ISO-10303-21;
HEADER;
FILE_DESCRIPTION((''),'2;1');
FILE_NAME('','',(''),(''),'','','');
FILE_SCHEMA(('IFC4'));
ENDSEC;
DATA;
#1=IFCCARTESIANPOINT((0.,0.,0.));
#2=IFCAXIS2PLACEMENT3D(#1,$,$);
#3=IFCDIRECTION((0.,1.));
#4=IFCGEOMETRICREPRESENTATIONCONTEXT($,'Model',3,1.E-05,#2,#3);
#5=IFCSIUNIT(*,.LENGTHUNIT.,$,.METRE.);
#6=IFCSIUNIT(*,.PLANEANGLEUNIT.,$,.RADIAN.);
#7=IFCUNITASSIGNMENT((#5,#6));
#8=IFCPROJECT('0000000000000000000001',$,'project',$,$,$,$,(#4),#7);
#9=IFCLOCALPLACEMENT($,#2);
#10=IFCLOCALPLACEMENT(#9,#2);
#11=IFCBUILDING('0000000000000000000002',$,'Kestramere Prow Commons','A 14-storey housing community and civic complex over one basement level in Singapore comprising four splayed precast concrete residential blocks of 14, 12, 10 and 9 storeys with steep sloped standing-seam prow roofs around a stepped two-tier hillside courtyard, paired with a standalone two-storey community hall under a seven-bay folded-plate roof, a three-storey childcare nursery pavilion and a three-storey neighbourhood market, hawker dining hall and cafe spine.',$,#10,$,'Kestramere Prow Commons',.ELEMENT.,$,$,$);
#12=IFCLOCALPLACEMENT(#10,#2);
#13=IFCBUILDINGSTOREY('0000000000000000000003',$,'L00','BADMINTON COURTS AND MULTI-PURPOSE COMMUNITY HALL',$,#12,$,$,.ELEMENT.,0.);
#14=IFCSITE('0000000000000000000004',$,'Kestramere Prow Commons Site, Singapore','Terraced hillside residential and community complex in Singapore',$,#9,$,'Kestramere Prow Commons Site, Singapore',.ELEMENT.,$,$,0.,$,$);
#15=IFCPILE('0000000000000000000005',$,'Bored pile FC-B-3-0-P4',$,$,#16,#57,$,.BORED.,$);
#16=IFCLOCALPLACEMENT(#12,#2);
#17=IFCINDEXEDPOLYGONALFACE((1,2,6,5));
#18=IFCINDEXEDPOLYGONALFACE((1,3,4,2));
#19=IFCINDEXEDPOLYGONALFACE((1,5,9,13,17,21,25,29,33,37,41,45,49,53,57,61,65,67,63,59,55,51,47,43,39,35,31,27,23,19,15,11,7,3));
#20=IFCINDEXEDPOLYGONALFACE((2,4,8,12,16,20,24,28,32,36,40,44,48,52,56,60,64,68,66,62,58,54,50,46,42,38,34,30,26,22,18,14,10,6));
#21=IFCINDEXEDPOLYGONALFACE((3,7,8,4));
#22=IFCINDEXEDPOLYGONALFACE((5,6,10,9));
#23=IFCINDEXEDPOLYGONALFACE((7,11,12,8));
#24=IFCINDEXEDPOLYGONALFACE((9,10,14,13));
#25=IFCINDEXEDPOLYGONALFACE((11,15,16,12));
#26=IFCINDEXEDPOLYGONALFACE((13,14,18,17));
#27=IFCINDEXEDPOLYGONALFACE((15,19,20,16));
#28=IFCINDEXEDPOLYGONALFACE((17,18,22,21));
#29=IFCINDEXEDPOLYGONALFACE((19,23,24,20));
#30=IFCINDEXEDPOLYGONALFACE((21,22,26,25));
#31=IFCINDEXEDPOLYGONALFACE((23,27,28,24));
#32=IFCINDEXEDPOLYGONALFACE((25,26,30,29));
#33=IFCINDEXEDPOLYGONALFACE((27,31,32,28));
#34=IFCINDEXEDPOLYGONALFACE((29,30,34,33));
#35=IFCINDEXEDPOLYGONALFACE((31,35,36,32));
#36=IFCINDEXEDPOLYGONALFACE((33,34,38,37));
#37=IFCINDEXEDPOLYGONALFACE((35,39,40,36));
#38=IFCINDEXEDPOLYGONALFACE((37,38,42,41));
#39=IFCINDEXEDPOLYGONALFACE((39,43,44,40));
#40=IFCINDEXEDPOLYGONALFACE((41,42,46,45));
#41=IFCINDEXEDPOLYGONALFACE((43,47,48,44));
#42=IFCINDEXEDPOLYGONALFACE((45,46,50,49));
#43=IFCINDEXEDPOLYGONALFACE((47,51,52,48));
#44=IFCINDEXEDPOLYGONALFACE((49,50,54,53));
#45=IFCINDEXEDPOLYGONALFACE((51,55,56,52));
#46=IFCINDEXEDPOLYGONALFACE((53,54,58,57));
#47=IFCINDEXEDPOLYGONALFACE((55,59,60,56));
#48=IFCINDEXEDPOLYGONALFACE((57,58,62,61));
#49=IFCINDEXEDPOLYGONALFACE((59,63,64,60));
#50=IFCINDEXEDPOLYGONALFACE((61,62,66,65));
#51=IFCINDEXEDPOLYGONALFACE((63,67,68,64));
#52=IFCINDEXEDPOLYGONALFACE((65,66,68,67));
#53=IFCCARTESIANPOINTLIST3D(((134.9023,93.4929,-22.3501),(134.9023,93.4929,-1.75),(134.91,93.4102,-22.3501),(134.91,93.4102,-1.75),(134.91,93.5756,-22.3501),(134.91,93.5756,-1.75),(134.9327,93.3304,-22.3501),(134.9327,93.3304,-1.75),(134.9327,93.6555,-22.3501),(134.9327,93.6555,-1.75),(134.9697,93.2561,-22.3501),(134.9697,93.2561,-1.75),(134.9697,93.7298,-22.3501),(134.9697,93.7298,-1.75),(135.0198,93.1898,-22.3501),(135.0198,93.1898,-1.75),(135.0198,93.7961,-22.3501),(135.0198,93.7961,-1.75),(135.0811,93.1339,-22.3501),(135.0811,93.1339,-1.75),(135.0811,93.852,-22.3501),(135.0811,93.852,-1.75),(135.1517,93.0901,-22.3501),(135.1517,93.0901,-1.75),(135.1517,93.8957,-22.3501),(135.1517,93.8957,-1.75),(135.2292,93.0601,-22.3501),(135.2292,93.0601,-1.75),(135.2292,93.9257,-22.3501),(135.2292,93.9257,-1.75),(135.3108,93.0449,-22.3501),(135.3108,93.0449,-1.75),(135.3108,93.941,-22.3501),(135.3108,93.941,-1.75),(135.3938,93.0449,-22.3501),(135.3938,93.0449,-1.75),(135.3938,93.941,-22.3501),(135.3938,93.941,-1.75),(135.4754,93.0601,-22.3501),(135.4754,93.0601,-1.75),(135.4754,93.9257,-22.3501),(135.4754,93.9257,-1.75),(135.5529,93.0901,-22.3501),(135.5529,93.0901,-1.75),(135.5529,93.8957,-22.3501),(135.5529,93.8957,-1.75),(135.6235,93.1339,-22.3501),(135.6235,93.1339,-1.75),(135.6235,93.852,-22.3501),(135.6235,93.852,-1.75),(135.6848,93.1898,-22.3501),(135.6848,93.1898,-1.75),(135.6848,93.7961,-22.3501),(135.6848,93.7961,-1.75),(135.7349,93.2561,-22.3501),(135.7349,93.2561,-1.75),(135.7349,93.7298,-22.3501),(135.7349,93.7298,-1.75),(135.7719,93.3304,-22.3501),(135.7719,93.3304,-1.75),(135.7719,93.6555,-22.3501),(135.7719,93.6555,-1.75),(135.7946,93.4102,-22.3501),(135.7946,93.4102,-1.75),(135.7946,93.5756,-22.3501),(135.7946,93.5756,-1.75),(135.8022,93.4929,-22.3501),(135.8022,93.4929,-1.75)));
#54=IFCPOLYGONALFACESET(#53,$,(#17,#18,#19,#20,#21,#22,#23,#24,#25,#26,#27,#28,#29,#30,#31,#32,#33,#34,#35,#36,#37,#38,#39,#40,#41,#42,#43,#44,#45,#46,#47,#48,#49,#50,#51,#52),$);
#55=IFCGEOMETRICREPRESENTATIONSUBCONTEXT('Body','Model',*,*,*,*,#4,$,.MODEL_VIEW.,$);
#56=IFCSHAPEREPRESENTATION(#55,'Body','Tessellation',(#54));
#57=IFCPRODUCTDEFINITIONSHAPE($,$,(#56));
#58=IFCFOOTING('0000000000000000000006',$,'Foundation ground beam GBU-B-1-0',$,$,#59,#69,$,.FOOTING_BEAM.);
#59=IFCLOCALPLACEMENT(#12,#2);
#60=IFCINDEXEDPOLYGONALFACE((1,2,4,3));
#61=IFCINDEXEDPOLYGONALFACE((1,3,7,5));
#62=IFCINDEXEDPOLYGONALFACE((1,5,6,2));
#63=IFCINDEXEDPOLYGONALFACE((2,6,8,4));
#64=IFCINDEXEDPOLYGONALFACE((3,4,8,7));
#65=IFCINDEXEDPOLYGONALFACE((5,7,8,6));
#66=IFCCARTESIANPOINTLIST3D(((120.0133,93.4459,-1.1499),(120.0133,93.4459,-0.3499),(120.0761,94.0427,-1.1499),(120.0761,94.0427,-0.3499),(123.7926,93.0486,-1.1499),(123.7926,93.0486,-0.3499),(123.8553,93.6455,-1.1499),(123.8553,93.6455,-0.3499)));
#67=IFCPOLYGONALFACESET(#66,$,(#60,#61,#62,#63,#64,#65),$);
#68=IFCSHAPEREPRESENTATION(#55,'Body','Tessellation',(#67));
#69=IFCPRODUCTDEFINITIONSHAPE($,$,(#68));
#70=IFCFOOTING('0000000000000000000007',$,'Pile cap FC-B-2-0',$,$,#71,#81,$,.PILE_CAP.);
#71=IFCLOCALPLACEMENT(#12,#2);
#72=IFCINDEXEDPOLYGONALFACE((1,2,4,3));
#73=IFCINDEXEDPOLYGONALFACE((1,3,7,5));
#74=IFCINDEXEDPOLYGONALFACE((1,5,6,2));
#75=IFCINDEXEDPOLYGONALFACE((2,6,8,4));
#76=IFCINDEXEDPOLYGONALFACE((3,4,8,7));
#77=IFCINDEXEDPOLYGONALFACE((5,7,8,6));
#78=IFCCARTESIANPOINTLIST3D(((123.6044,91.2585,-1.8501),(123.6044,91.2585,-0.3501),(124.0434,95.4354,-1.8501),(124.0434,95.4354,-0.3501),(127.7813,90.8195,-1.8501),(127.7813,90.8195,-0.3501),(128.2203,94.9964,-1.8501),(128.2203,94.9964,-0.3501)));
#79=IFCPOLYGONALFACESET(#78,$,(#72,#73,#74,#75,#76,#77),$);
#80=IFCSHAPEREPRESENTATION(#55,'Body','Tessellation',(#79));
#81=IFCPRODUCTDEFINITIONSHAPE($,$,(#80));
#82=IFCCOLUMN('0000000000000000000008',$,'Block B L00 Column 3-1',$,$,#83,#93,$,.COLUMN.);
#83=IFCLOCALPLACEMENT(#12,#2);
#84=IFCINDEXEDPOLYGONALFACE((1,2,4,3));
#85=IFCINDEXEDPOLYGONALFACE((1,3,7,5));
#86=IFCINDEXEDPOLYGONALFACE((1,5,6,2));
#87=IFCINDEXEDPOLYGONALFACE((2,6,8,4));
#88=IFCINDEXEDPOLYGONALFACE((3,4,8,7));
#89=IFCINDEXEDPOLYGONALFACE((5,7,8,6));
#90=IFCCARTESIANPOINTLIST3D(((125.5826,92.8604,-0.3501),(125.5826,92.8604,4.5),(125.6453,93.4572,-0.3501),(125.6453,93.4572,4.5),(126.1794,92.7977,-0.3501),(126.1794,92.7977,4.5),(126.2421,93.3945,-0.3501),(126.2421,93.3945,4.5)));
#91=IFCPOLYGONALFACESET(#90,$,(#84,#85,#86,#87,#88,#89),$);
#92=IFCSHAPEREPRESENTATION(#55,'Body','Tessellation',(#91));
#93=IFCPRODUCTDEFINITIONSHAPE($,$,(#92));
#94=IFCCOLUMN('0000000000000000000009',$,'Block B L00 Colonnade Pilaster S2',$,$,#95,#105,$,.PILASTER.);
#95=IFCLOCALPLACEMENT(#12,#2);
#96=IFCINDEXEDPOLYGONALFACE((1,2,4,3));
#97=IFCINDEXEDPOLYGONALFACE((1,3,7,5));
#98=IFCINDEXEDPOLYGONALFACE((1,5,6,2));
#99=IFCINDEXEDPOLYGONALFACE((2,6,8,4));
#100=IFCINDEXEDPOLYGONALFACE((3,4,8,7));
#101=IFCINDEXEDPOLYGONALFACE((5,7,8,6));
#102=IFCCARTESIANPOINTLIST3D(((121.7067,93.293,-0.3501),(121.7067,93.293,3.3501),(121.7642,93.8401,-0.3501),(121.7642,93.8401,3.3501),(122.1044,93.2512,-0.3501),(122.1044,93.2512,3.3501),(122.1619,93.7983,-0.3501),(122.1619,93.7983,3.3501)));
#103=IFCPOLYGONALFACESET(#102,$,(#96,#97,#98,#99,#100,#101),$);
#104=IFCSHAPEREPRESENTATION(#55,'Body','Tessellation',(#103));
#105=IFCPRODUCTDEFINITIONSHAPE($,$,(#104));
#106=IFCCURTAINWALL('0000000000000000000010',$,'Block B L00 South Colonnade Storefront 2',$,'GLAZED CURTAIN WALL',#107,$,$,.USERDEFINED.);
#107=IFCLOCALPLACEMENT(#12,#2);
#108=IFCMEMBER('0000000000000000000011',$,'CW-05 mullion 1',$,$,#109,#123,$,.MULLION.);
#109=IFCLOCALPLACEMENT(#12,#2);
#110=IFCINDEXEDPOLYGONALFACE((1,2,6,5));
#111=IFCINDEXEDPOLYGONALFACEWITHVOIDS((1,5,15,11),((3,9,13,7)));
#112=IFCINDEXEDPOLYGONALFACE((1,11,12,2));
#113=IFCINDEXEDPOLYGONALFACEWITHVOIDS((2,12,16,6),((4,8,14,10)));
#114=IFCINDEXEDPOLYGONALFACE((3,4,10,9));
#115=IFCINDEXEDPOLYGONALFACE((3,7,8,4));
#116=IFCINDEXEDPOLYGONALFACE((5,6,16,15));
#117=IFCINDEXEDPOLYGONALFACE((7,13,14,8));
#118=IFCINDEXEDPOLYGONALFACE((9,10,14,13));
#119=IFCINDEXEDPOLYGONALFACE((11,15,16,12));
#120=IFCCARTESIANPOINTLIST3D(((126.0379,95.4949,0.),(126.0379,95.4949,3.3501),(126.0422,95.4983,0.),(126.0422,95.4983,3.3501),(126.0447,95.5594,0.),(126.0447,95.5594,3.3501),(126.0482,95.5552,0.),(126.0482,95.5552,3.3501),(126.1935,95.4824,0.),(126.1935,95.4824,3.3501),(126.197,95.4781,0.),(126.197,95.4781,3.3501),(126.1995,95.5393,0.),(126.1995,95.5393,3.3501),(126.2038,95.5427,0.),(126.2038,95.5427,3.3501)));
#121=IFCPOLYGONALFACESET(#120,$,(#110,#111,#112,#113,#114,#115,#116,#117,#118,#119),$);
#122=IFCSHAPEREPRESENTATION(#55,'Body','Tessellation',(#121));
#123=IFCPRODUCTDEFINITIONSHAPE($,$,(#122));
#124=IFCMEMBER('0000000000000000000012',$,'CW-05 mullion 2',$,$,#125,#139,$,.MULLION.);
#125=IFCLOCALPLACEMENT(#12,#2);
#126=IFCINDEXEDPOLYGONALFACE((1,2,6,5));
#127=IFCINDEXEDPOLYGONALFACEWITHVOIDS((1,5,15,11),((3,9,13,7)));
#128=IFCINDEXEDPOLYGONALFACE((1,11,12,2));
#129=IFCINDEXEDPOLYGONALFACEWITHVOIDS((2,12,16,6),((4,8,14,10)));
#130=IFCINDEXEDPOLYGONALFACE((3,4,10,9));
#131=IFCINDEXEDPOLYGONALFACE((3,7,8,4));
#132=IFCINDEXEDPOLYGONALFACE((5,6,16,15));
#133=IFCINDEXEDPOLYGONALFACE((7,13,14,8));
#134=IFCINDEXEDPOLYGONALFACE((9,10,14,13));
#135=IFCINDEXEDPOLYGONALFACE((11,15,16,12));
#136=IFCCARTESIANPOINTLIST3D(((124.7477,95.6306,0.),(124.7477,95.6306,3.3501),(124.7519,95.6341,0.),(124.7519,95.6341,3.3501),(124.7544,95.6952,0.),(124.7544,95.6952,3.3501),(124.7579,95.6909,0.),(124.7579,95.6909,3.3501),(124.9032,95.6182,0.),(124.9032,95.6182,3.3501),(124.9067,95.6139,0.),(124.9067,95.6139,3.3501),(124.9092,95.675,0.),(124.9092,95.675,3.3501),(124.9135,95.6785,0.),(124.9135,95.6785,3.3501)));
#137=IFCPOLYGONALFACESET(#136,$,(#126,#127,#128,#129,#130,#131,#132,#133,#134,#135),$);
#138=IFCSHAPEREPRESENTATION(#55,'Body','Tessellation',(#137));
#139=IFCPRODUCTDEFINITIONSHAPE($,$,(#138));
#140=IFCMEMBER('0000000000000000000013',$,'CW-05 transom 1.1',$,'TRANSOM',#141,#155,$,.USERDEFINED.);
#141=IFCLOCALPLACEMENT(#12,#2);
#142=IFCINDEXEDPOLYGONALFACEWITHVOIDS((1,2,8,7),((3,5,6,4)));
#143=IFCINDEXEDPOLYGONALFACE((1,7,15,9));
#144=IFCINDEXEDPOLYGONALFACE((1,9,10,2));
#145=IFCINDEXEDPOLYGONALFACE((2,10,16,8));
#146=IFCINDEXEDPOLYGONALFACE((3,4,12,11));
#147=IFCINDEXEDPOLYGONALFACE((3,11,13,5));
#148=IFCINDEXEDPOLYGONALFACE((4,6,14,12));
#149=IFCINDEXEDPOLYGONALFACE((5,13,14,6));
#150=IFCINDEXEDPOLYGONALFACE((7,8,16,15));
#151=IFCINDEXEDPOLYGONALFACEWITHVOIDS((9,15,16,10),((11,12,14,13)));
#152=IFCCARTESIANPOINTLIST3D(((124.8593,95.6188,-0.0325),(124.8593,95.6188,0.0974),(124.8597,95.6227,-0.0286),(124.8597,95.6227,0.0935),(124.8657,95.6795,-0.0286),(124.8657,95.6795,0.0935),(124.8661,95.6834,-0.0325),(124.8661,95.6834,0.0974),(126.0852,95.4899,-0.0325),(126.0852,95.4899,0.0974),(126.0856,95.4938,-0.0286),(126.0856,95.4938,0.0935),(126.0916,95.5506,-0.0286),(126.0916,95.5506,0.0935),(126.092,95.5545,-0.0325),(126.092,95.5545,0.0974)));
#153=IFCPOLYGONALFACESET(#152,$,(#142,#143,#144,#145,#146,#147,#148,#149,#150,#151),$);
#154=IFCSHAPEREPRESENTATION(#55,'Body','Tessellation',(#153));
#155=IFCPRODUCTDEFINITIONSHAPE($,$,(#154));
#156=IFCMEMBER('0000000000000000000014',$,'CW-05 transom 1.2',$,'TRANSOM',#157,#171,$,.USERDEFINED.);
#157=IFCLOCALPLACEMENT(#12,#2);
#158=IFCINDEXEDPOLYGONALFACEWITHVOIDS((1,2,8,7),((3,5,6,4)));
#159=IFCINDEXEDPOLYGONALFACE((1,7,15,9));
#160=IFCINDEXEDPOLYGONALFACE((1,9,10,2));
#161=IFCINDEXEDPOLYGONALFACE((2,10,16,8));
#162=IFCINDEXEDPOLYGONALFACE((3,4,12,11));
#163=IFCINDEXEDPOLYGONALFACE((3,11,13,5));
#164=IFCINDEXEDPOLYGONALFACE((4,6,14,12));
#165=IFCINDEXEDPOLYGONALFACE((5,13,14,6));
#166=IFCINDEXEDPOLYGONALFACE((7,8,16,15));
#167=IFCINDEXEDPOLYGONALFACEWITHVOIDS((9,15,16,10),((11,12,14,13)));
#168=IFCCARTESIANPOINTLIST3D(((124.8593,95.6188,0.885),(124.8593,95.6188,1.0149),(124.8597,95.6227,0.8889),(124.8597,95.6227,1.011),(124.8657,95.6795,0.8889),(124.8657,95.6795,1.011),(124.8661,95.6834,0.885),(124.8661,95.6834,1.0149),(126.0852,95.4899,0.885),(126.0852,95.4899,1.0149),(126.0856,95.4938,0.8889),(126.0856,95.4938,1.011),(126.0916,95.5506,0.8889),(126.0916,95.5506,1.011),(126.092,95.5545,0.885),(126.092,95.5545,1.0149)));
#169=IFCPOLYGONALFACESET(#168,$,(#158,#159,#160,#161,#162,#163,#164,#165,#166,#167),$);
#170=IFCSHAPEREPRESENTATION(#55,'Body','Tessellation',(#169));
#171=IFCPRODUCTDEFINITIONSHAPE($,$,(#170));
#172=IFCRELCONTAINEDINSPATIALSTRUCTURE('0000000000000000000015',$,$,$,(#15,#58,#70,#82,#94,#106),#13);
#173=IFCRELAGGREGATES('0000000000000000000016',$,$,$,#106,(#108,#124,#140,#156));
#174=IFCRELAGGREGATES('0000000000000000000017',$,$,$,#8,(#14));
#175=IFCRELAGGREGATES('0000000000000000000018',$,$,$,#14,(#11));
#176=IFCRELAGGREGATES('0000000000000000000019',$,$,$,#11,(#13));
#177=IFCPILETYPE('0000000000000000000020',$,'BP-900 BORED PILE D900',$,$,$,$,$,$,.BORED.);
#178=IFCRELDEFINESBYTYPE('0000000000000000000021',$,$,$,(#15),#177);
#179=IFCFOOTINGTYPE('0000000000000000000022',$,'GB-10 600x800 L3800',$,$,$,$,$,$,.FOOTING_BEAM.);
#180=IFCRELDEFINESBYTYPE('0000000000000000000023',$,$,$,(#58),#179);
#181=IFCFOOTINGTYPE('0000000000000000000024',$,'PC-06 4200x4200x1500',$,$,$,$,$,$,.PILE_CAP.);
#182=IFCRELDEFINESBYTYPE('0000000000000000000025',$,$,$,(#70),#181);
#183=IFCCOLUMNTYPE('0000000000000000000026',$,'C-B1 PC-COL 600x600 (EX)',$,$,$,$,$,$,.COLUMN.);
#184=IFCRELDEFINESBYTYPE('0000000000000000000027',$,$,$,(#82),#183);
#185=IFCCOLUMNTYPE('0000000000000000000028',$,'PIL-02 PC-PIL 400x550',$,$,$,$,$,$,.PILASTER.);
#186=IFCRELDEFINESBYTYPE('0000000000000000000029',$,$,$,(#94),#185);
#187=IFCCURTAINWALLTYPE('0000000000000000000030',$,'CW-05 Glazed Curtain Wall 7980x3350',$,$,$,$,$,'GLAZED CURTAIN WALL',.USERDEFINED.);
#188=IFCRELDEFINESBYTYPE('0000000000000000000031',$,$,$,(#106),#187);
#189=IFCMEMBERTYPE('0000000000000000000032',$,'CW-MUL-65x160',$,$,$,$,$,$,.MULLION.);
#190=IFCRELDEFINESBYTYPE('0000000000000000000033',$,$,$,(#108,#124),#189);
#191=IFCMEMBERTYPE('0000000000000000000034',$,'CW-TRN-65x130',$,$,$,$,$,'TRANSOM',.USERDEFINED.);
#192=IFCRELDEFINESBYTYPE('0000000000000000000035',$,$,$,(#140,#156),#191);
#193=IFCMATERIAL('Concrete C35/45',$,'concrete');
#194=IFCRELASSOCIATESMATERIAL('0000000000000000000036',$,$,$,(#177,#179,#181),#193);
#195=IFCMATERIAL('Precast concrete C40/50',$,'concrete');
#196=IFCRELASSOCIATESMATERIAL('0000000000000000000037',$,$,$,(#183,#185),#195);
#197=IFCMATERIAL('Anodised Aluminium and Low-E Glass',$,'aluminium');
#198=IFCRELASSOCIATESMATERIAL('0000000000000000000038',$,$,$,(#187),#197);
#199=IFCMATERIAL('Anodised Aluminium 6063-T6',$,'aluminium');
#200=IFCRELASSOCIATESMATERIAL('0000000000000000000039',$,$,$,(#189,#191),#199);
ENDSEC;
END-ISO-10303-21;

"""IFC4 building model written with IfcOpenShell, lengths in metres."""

from ifc_helpers import new_model, si_unit, direction, frame, origin, origin_2d, place, context, subcontext, project, spatial, rectangle, hollow_rectangle, circle, extrude, material, material_profile, profile_set, type_object, element, aggregate, save


model = new_model("IFC4")

# Units and contexts
model_context = context("Model", 3, precision=1e-05, world=origin(), true_north=direction((0.0, 1.0)))
body_context = subcontext(model_context, "Body", "Model", "MODEL_VIEW")
ifc_project = project(units=[si_unit("LENGTHUNIT", "METRE"), si_unit("PLANEANGLEUNIT", "RADIAN")], contexts=[model_context])

# Site, building, storey
site_placement = place(None, origin())
site = spatial("IfcSite", under=ifc_project, at=site_placement, Name="Kestramere Prow Commons Site, Singapore", Description="Terraced hillside residential and community complex in Singapore", LongName="Kestramere Prow Commons Site, Singapore", CompositionType="ELEMENT", RefElevation=0.0)
building_placement = place(site_placement, origin())
building = spatial("IfcBuilding", under=site, at=building_placement, Name="Kestramere Prow Commons", Description="A 14-storey housing community and civic complex over one basement level in Singapore comprising four splayed precast concrete residential blocks of 14, 12, 10 and 9 storeys with steep sloped standing-seam prow roofs around a stepped two-tier hillside courtyard, paired with a standalone two-storey community hall under a seven-bay folded-plate roof, a three-storey childcare nursery pavilion and a three-storey neighbourhood market, hawker dining hall and cafe spine.", LongName="Kestramere Prow Commons", CompositionType="ELEMENT")
storey_placement = place(building_placement, origin())
storey = spatial("IfcBuildingStorey", under=building, at=storey_placement, Name="L00", Description="BADMINTON COURTS AND MULTI-PURPOSE COMMUNITY HALL", CompositionType="ELEMENT", Elevation=0.0)

# Pile
ifc_material_1 = material(Name="Concrete C35/45", Category="concrete")
ifc_material_profile_1 = material_profile(ifc_material_1, circle(Radius=0.45, at=origin_2d()), Name="BORED PILE D900")
ifc_profile_set_1 = profile_set([ifc_material_profile_1], Name="Concrete C35/45")
pile_type = type_object("IfcPileType", Name="BP-900 BORED PILE D900", PredefinedType="BORED", material=ifc_profile_set_1)
for number, where, z_axis, x_axis, name in (
    (1, (135.3523, 93.4929, -1.75), (0.0, 0.0, -1.0), (1.0, 0.0, 0.0), "Bored pile FC-B-3-0-P4"),
):
    element("IfcPile", number, at=place(storey_placement, frame(where, z_axis=z_axis, x_axis=x_axis)), inside=storey, type_object=pile_type, Name=name, PredefinedType="BORED", context=body_context, shape_type="SweptSolid", body=[
        extrude(circle(Radius=0.45, at=origin_2d()), origin(), (0.0, 0.0, 1.0), 20.6001),
    ])

# Footings
footing_type_1 = type_object("IfcFootingType", Name="GB-10 600x800 L3800", PredefinedType="FOOTING_BEAM", material=ifc_material_1)
footing_1_placement = place(storey_placement, frame((121.9343, 93.5457, -1.1499), z_axis=(0.0, 0.0, 1.0), x_axis=(0.994522, -0.104528, 0.0)))
element("IfcFooting", 2, at=footing_1_placement, inside=storey, type_object=footing_type_1, Name="Foundation ground beam GBU-B-1-0", PredefinedType="FOOTING_BEAM", context=body_context, shape_type="SweptSolid", body=[
    extrude(rectangle(XDim=3.8, YDim=0.6001, at=origin_2d()), origin(), (0.0, 0.0, 1.0), 0.8),
])
footing_type_2 = type_object("IfcFootingType", Name="PC-06 4200x4200x1500", PredefinedType="PILE_CAP", material=ifc_material_1)
footing_2_placement = place(storey_placement, frame((125.9124, 93.1274, -1.8501), z_axis=(0.0, 0.0, 1.0), x_axis=(0.994522, -0.104528, 0.0)))
element("IfcFooting", 3, at=footing_2_placement, inside=storey, type_object=footing_type_2, Name="Pile cap FC-B-2-0", PredefinedType="PILE_CAP", context=body_context, shape_type="SweptSolid", body=[
    extrude(rectangle(XDim=4.2, YDim=4.2, at=origin_2d()), origin(), (0.0, 0.0, 1.0), 1.5),
])

# Columns
ifc_material_2 = material(Name="Precast concrete C40/50", Category="concrete")
ifc_material_profile_2 = material_profile(ifc_material_2, rectangle(XDim=0.6001, YDim=0.6001, at=origin_2d()), Name="PC-COL 600x600")
ifc_profile_set_2 = profile_set([ifc_material_profile_2], Name="Precast concrete C40/50")
column_type_1 = type_object("IfcColumnType", Name="C-B1 PC-COL 600x600 (EX)", PredefinedType="COLUMN", material=ifc_profile_set_2)
column_1_placement = place(storey_placement, frame((125.9124, 93.1274, -0.3501), z_axis=(0.0, 0.0, 1.0), x_axis=(0.994522, -0.104528, 0.0)))
element("IfcColumn", 4, at=column_1_placement, inside=storey, type_object=column_type_1, Name="Block B L00 Column 3-1", PredefinedType="COLUMN", context=body_context, shape_type="SweptSolid", body=[
    extrude(rectangle(XDim=0.6001, YDim=0.6001, at=origin_2d()), origin(), (0.0, 0.0, 1.0), 4.8501),
])
ifc_material_profile_3 = material_profile(ifc_material_2, rectangle(XDim=0.3999, YDim=0.55, at=origin_2d()), Name="PC-PIL 400x550")
ifc_profile_set_3 = profile_set([ifc_material_profile_3], Name="Precast concrete C40/50")
column_type_2 = type_object("IfcColumnType", Name="PIL-02 PC-PIL 400x550", PredefinedType="PILASTER", material=ifc_profile_set_3)
column_2_placement = place(storey_placement, frame((121.9343, 93.5457, -0.3501), z_axis=(0.0, 0.0, 1.0), x_axis=(0.994522, -0.104528, 0.0)))
element("IfcColumn", 5, at=column_2_placement, inside=storey, type_object=column_type_2, Name="Block B L00 Colonnade Pilaster S2", PredefinedType="PILASTER", context=body_context, shape_type="SweptSolid", body=[
    extrude(rectangle(XDim=0.3999, YDim=0.55, at=origin_2d()), origin(), (0.0, 0.0, 1.0), 3.7002),
])

# Curtain wall, members
ifc_material_3 = material(Name="Anodised Aluminium and Low-E Glass", Category="aluminium")
curtain_wall_type = type_object("IfcCurtainWallType", Name="CW-05 Glazed Curtain Wall 7980x3350", ElementType="GLAZED CURTAIN WALL", PredefinedType="USERDEFINED", material=ifc_material_3)
curtain_wall_placement = place(storey_placement, origin())
curtain_wall = element("IfcCurtainWall", 6, at=curtain_wall_placement, inside=storey, type_object=curtain_wall_type, Name="Block B L00 South Colonnade Storefront 2", ObjectType="GLAZED CURTAIN WALL", PredefinedType="USERDEFINED")
ifc_material_4 = material(Name="Anodised Aluminium 6063-T6", Category="aluminium")
ifc_material_profile_4 = material_profile(ifc_material_4, hollow_rectangle(XDim=0.0649, YDim=0.1599, WallThickness=0.0039, at=origin_2d()), Name="ALU-MUL 65x160")
ifc_profile_set_4 = profile_set([ifc_material_profile_4], Name="Anodised Aluminium 6063-T6")
member_type_1 = type_object("IfcMemberType", Name="CW-MUL-65x160", PredefinedType="MULLION", material=ifc_profile_set_4)
member_1_placement = place(storey_placement, frame((126.1208, 95.5188, 0.0), z_axis=(0.0, 0.0, 1.0), x_axis=(-0.104529, -0.994522, 0.0)))
member_1 = element("IfcMember", 7, at=member_1_placement, type_object=member_type_1, Name="CW-05 mullion 1", PredefinedType="MULLION", context=body_context, shape_type="SweptSolid", body=[
    extrude(hollow_rectangle(XDim=0.0649, YDim=0.1599, WallThickness=0.0039, at=origin_2d()), origin(), (0.0, 0.0, 1.0), 3.3501),
])
member_2_placement = place(storey_placement, frame((124.8306, 95.6545, 0.0), z_axis=(0.0, 0.0, 1.0), x_axis=(-0.104529, -0.994522, 0.0)))
member_2 = element("IfcMember", 8, at=member_2_placement, type_object=member_type_1, Name="CW-05 mullion 2", PredefinedType="MULLION", context=body_context, shape_type="SweptSolid", body=[
    extrude(hollow_rectangle(XDim=0.0649, YDim=0.1599, WallThickness=0.0039, at=origin_2d()), origin(), (0.0, 0.0, 1.0), 3.3501),
])
ifc_material_profile_5 = material_profile(ifc_material_4, hollow_rectangle(XDim=0.0649, YDim=0.1299, WallThickness=0.0039, at=origin_2d()), Name="ALU-TRN 65x130")
ifc_profile_set_5 = profile_set([ifc_material_profile_5], Name="Anodised Aluminium 6063-T6")
member_type_2 = type_object("IfcMemberType", Name="CW-TRN-65x130", ElementType="TRANSOM", PredefinedType="USERDEFINED", material=ifc_profile_set_5)
member_3_placement = place(storey_placement, frame((126.0886, 95.5222, 0.0325), z_axis=(-0.994516, 0.104582, 0.0), x_axis=(-0.104582, -0.994516, 0.0)))
member_3 = element("IfcMember", 9, at=member_3_placement, type_object=member_type_2, Name="CW-05 transom 1.1", ObjectType="TRANSOM", PredefinedType="USERDEFINED", context=body_context, shape_type="SweptSolid", body=[
    extrude(hollow_rectangle(XDim=0.0649, YDim=0.1299, WallThickness=0.0039, at=origin_2d()), origin(), (0.0, 0.0, 1.0), 1.2327),
])
member_4_placement = place(storey_placement, frame((126.0886, 95.5222, 0.95), z_axis=(-0.994516, 0.104582, 0.0), x_axis=(-0.104582, -0.994516, 0.0)))
member_4 = element("IfcMember", 10, at=member_4_placement, type_object=member_type_2, Name="CW-05 transom 1.2", ObjectType="TRANSOM", PredefinedType="USERDEFINED", context=body_context, shape_type="SweptSolid", body=[
    extrude(hollow_rectangle(XDim=0.0649, YDim=0.1299, WallThickness=0.0039, at=origin_2d()), origin(), (0.0, 0.0, 1.0), 1.2327),
])

aggregate(curtain_wall, [member_1, member_2, member_3, member_4])

save(model, "model.ifc")
